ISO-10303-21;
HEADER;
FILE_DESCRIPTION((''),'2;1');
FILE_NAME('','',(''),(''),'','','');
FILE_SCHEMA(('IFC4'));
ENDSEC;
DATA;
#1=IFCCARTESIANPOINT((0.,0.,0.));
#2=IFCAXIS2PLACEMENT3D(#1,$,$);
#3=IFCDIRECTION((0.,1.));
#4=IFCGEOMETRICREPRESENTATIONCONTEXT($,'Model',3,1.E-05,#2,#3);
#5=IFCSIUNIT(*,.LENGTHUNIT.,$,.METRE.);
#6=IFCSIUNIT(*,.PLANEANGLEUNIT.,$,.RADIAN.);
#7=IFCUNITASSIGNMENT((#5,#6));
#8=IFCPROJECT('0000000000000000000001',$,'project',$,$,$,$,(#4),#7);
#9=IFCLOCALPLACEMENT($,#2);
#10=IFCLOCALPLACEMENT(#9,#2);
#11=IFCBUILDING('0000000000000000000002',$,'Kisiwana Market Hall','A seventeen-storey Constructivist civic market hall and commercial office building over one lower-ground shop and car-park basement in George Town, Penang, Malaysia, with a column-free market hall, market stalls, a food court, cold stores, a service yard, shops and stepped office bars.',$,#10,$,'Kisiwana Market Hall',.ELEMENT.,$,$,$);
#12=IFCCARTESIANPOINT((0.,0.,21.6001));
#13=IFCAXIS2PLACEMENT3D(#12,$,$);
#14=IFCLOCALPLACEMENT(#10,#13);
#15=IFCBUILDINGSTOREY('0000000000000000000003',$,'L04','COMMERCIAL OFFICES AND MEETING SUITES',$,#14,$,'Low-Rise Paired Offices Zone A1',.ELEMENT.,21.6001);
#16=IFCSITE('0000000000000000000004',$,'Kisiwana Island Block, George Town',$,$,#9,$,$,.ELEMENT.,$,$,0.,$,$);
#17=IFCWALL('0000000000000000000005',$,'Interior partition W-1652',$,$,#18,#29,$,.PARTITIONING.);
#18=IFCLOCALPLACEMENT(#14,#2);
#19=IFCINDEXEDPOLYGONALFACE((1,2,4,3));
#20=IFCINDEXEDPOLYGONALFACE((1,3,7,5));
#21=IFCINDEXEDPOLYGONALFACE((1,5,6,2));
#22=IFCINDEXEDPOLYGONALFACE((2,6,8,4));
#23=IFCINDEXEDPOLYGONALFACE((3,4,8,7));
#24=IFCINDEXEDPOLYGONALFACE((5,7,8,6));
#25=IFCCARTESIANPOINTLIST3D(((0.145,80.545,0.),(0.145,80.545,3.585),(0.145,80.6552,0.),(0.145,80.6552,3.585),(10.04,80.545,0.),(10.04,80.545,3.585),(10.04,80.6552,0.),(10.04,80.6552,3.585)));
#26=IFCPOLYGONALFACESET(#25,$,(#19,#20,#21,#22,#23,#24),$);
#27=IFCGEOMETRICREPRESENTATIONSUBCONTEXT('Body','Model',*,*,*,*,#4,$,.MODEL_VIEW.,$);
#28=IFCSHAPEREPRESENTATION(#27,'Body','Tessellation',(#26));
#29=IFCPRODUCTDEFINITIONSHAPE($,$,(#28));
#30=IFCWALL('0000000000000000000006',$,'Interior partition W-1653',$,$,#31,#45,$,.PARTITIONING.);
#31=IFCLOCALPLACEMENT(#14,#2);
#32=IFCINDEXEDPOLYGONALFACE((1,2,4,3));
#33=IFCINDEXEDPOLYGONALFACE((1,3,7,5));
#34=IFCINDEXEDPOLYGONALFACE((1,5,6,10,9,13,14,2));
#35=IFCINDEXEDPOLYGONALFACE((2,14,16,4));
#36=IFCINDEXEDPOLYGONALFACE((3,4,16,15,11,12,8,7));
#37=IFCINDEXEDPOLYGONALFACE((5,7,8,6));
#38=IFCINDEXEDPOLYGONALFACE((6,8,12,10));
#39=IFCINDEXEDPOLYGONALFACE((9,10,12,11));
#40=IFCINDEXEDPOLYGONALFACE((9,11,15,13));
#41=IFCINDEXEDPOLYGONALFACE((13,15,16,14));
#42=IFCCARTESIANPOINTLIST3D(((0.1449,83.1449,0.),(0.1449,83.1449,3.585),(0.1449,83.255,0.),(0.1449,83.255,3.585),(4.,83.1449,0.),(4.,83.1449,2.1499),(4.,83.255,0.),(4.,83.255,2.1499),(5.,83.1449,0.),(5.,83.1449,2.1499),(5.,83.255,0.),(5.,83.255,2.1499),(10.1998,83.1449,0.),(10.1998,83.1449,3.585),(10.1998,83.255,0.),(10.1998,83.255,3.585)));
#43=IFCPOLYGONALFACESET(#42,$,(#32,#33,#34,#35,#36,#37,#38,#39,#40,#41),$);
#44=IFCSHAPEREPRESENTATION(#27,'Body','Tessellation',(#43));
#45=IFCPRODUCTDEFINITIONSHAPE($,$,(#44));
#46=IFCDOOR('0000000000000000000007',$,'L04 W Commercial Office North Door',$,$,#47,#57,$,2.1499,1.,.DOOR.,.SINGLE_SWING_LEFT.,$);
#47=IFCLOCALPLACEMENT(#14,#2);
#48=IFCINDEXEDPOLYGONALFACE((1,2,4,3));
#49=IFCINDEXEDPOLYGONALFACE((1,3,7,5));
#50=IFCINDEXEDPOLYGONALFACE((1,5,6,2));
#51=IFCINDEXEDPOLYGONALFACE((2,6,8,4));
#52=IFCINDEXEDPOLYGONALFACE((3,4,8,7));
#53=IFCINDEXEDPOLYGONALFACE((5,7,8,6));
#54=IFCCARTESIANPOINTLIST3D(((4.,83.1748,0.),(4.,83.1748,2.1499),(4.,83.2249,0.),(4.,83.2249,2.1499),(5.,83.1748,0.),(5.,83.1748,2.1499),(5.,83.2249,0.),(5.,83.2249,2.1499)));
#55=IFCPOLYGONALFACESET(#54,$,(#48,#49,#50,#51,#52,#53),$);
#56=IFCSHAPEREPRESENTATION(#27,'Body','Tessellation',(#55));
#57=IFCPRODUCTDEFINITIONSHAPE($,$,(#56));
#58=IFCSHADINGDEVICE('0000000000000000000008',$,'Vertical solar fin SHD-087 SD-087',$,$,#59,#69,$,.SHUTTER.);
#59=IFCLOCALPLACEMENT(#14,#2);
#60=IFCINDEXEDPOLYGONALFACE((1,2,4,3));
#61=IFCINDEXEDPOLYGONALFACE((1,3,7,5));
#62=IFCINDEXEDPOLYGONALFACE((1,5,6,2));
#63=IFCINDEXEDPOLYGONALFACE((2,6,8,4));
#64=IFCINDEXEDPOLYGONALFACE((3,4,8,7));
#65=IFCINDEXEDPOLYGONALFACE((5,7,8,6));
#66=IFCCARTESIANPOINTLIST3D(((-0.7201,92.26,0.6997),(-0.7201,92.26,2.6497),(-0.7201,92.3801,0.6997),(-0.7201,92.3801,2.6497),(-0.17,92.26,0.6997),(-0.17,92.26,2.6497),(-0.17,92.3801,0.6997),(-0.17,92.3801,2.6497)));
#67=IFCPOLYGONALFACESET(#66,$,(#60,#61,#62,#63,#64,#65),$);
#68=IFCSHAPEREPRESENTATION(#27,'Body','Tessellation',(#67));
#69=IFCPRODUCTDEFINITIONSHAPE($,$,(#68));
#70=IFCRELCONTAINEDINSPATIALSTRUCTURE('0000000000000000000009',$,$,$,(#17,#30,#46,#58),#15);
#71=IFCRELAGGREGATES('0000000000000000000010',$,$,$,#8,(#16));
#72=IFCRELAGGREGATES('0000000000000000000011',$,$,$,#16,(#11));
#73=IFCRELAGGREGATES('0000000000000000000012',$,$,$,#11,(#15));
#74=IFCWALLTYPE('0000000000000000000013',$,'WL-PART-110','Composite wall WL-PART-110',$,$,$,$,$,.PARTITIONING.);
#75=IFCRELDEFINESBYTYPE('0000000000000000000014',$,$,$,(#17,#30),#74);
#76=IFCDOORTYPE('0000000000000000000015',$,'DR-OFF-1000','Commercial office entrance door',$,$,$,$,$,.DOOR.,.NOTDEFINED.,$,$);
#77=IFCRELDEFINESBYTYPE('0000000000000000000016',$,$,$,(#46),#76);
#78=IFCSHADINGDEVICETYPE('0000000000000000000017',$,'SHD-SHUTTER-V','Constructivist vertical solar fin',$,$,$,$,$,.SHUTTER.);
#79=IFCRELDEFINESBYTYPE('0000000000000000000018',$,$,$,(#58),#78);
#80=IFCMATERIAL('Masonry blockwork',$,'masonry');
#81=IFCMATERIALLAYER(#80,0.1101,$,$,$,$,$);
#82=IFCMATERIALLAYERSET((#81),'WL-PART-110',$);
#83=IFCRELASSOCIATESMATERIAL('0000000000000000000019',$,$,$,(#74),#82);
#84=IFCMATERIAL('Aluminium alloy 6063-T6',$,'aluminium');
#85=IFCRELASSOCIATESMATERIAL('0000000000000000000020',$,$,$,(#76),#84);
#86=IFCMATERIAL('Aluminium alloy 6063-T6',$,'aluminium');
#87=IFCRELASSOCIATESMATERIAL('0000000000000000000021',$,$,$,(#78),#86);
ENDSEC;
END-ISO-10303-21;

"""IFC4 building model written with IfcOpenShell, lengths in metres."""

from ifc_helpers import new_model, si_unit, direction, frame, frame_2d, origin, origin_2d, place, context, subcontext, project, spatial, rectangle, extrude, material, layer, layer_set, type_object, element, fill, save


model = new_model("IFC4")

# Units and contexts
model_context = context("Model", 3, precision=1e-05, world=origin(), true_north=direction((0.0, 1.0)))
body_context = subcontext(model_context, "Body", "Model", "MODEL_VIEW")
ifc_project = project(units=[si_unit("LENGTHUNIT", "METRE"), si_unit("PLANEANGLEUNIT", "RADIAN")], contexts=[model_context])

# Site, building, storey
site_placement = place(None, origin())
site = spatial("IfcSite", under=ifc_project, at=site_placement, Name="Kisiwana Island Block, George Town", CompositionType="ELEMENT", RefElevation=0.0)
building_placement = place(site_placement, origin())
building = spatial("IfcBuilding", under=site, at=building_placement, Name="Kisiwana Market Hall", Description="A seventeen-storey Constructivist civic market hall and commercial office building over one lower-ground shop and car-park basement in George Town, Penang, Malaysia, with a column-free market hall, market stalls, a food court, cold stores, a service yard, shops and stepped office bars.", LongName="Kisiwana Market Hall", CompositionType="ELEMENT")
storey_placement = place(building_placement, frame((0.0, 0.0, 21.6001)))
storey = spatial("IfcBuildingStorey", under=building, at=storey_placement, Name="L04", Description="COMMERCIAL OFFICES AND MEETING SUITES", LongName="Low-Rise Paired Offices Zone A1", CompositionType="ELEMENT", Elevation=21.6001)

# Wall
ifc_material_1 = material(Name="Masonry blockwork", Category="masonry")
ifc_layer_1 = layer(ifc_material_1, 0.1101)
ifc_layer_set_1 = layer_set([ifc_layer_1], Name="WL-PART-110")
wall_type_1 = type_object("IfcWallType", Name="WL-PART-110", Description="Composite wall WL-PART-110", PredefinedType="PARTITIONING", material=ifc_layer_set_1)
wall_1_placement = place(storey_placement, frame((0.145, 80.6001, 0.0), z_axis=(0.0, 0.0, 1.0), x_axis=(1.0, 0.0, 0.0)))
element("IfcWall", 1, at=wall_1_placement, inside=storey, type_object=wall_type_1, Name="Interior partition W-1652", PredefinedType="PARTITIONING", context=body_context, shape_type="SweptSolid", body=[
    extrude(rectangle(XDim=9.895, YDim=0.1101, at=frame_2d((4.9475, 0.0))), origin(), (0.0, 0.0, 1.0), 3.585),
])

# Wall, opening, door
wall_2_placement = place(storey_placement, frame((0.145, 83.2, 0.0), z_axis=(0.0, 0.0, 1.0), x_axis=(1.0, 0.0, 0.0)))
wall_2 = element("IfcWall", 2, at=wall_2_placement, inside=storey, type_object=wall_type_1, Name="Interior partition W-1653", PredefinedType="PARTITIONING", context=body_context, shape_type="SweptSolid", body=[
    extrude(rectangle(XDim=10.0549, YDim=0.1101, at=frame_2d((5.0273, 0.0))), origin(), (0.0, 0.0, 1.0), 3.585),
])
opening_1_placement = place(wall_2_placement, frame((3.855, 0.0, 0.0)))
opening_1 = element("IfcOpeningElement", 3, at=opening_1_placement, cuts=wall_2, PredefinedType="OPENING", context=body_context, shape_type="SweptSolid", body=[
    extrude(rectangle(XDim=1.0, YDim=2.1499, at=frame_2d((0.5, 1.075))), frame((0.0, 0.0669, 0.0), z_axis=(0.0, -1.0, 0.0), x_axis=(1.0, 0.0, 0.0)), (0.0, 0.0, 1.0), 0.134),
])
ifc_material_2 = material(Name="Aluminium alloy 6063-T6", Category="aluminium")
door_type_1 = type_object("IfcDoorType", Name="DR-OFF-1000", Description="Commercial office entrance door", OperationType="NOTDEFINED", PredefinedType="DOOR", material=ifc_material_2)
door_1_placement = place(opening_1_placement, origin())
door_1 = element("IfcDoor", 4, at=door_1_placement, inside=storey, type_object=door_type_1, Name="L04 W Commercial Office North Door", OperationType="SINGLE_SWING_LEFT", OverallHeight=2.1499, OverallWidth=1.0, PredefinedType="DOOR", context=body_context, shape_type="SweptSolid", body=[
    extrude(rectangle(XDim=1.0, YDim=2.1499, at=frame_2d((0.5, 1.075))), frame((0.0, 0.0249, 0.0), z_axis=(0.0, -1.0, 0.0), x_axis=(1.0, 0.0, 0.0)), (0.0, 0.0, 1.0), 0.05),
])
fill(opening_1, door_1)

# Shading device
ifc_material_3 = material(Name="Aluminium alloy 6063-T6", Category="aluminium")
shading_device_type = type_object("IfcShadingDeviceType", Name="SHD-SHUTTER-V", Description="Constructivist vertical solar fin", PredefinedType="SHUTTER", material=ifc_material_3)
shading_device_placement = place(storey_placement, frame((-0.4451, 92.3201, 0.6997), z_axis=(0.0, 0.0, 1.0), x_axis=(0.0, 1.0, 0.0)))
element("IfcShadingDevice", 5, at=shading_device_placement, inside=storey, type_object=shading_device_type, Name="Vertical solar fin SHD-087 SD-087", PredefinedType="SHUTTER", context=body_context, shape_type="SweptSolid", body=[
    extrude(rectangle(XDim=0.1201, YDim=0.55, at=origin_2d()), origin(), (0.0, 0.0, 1.0), 1.95),
])

save(model, "model.ifc")
